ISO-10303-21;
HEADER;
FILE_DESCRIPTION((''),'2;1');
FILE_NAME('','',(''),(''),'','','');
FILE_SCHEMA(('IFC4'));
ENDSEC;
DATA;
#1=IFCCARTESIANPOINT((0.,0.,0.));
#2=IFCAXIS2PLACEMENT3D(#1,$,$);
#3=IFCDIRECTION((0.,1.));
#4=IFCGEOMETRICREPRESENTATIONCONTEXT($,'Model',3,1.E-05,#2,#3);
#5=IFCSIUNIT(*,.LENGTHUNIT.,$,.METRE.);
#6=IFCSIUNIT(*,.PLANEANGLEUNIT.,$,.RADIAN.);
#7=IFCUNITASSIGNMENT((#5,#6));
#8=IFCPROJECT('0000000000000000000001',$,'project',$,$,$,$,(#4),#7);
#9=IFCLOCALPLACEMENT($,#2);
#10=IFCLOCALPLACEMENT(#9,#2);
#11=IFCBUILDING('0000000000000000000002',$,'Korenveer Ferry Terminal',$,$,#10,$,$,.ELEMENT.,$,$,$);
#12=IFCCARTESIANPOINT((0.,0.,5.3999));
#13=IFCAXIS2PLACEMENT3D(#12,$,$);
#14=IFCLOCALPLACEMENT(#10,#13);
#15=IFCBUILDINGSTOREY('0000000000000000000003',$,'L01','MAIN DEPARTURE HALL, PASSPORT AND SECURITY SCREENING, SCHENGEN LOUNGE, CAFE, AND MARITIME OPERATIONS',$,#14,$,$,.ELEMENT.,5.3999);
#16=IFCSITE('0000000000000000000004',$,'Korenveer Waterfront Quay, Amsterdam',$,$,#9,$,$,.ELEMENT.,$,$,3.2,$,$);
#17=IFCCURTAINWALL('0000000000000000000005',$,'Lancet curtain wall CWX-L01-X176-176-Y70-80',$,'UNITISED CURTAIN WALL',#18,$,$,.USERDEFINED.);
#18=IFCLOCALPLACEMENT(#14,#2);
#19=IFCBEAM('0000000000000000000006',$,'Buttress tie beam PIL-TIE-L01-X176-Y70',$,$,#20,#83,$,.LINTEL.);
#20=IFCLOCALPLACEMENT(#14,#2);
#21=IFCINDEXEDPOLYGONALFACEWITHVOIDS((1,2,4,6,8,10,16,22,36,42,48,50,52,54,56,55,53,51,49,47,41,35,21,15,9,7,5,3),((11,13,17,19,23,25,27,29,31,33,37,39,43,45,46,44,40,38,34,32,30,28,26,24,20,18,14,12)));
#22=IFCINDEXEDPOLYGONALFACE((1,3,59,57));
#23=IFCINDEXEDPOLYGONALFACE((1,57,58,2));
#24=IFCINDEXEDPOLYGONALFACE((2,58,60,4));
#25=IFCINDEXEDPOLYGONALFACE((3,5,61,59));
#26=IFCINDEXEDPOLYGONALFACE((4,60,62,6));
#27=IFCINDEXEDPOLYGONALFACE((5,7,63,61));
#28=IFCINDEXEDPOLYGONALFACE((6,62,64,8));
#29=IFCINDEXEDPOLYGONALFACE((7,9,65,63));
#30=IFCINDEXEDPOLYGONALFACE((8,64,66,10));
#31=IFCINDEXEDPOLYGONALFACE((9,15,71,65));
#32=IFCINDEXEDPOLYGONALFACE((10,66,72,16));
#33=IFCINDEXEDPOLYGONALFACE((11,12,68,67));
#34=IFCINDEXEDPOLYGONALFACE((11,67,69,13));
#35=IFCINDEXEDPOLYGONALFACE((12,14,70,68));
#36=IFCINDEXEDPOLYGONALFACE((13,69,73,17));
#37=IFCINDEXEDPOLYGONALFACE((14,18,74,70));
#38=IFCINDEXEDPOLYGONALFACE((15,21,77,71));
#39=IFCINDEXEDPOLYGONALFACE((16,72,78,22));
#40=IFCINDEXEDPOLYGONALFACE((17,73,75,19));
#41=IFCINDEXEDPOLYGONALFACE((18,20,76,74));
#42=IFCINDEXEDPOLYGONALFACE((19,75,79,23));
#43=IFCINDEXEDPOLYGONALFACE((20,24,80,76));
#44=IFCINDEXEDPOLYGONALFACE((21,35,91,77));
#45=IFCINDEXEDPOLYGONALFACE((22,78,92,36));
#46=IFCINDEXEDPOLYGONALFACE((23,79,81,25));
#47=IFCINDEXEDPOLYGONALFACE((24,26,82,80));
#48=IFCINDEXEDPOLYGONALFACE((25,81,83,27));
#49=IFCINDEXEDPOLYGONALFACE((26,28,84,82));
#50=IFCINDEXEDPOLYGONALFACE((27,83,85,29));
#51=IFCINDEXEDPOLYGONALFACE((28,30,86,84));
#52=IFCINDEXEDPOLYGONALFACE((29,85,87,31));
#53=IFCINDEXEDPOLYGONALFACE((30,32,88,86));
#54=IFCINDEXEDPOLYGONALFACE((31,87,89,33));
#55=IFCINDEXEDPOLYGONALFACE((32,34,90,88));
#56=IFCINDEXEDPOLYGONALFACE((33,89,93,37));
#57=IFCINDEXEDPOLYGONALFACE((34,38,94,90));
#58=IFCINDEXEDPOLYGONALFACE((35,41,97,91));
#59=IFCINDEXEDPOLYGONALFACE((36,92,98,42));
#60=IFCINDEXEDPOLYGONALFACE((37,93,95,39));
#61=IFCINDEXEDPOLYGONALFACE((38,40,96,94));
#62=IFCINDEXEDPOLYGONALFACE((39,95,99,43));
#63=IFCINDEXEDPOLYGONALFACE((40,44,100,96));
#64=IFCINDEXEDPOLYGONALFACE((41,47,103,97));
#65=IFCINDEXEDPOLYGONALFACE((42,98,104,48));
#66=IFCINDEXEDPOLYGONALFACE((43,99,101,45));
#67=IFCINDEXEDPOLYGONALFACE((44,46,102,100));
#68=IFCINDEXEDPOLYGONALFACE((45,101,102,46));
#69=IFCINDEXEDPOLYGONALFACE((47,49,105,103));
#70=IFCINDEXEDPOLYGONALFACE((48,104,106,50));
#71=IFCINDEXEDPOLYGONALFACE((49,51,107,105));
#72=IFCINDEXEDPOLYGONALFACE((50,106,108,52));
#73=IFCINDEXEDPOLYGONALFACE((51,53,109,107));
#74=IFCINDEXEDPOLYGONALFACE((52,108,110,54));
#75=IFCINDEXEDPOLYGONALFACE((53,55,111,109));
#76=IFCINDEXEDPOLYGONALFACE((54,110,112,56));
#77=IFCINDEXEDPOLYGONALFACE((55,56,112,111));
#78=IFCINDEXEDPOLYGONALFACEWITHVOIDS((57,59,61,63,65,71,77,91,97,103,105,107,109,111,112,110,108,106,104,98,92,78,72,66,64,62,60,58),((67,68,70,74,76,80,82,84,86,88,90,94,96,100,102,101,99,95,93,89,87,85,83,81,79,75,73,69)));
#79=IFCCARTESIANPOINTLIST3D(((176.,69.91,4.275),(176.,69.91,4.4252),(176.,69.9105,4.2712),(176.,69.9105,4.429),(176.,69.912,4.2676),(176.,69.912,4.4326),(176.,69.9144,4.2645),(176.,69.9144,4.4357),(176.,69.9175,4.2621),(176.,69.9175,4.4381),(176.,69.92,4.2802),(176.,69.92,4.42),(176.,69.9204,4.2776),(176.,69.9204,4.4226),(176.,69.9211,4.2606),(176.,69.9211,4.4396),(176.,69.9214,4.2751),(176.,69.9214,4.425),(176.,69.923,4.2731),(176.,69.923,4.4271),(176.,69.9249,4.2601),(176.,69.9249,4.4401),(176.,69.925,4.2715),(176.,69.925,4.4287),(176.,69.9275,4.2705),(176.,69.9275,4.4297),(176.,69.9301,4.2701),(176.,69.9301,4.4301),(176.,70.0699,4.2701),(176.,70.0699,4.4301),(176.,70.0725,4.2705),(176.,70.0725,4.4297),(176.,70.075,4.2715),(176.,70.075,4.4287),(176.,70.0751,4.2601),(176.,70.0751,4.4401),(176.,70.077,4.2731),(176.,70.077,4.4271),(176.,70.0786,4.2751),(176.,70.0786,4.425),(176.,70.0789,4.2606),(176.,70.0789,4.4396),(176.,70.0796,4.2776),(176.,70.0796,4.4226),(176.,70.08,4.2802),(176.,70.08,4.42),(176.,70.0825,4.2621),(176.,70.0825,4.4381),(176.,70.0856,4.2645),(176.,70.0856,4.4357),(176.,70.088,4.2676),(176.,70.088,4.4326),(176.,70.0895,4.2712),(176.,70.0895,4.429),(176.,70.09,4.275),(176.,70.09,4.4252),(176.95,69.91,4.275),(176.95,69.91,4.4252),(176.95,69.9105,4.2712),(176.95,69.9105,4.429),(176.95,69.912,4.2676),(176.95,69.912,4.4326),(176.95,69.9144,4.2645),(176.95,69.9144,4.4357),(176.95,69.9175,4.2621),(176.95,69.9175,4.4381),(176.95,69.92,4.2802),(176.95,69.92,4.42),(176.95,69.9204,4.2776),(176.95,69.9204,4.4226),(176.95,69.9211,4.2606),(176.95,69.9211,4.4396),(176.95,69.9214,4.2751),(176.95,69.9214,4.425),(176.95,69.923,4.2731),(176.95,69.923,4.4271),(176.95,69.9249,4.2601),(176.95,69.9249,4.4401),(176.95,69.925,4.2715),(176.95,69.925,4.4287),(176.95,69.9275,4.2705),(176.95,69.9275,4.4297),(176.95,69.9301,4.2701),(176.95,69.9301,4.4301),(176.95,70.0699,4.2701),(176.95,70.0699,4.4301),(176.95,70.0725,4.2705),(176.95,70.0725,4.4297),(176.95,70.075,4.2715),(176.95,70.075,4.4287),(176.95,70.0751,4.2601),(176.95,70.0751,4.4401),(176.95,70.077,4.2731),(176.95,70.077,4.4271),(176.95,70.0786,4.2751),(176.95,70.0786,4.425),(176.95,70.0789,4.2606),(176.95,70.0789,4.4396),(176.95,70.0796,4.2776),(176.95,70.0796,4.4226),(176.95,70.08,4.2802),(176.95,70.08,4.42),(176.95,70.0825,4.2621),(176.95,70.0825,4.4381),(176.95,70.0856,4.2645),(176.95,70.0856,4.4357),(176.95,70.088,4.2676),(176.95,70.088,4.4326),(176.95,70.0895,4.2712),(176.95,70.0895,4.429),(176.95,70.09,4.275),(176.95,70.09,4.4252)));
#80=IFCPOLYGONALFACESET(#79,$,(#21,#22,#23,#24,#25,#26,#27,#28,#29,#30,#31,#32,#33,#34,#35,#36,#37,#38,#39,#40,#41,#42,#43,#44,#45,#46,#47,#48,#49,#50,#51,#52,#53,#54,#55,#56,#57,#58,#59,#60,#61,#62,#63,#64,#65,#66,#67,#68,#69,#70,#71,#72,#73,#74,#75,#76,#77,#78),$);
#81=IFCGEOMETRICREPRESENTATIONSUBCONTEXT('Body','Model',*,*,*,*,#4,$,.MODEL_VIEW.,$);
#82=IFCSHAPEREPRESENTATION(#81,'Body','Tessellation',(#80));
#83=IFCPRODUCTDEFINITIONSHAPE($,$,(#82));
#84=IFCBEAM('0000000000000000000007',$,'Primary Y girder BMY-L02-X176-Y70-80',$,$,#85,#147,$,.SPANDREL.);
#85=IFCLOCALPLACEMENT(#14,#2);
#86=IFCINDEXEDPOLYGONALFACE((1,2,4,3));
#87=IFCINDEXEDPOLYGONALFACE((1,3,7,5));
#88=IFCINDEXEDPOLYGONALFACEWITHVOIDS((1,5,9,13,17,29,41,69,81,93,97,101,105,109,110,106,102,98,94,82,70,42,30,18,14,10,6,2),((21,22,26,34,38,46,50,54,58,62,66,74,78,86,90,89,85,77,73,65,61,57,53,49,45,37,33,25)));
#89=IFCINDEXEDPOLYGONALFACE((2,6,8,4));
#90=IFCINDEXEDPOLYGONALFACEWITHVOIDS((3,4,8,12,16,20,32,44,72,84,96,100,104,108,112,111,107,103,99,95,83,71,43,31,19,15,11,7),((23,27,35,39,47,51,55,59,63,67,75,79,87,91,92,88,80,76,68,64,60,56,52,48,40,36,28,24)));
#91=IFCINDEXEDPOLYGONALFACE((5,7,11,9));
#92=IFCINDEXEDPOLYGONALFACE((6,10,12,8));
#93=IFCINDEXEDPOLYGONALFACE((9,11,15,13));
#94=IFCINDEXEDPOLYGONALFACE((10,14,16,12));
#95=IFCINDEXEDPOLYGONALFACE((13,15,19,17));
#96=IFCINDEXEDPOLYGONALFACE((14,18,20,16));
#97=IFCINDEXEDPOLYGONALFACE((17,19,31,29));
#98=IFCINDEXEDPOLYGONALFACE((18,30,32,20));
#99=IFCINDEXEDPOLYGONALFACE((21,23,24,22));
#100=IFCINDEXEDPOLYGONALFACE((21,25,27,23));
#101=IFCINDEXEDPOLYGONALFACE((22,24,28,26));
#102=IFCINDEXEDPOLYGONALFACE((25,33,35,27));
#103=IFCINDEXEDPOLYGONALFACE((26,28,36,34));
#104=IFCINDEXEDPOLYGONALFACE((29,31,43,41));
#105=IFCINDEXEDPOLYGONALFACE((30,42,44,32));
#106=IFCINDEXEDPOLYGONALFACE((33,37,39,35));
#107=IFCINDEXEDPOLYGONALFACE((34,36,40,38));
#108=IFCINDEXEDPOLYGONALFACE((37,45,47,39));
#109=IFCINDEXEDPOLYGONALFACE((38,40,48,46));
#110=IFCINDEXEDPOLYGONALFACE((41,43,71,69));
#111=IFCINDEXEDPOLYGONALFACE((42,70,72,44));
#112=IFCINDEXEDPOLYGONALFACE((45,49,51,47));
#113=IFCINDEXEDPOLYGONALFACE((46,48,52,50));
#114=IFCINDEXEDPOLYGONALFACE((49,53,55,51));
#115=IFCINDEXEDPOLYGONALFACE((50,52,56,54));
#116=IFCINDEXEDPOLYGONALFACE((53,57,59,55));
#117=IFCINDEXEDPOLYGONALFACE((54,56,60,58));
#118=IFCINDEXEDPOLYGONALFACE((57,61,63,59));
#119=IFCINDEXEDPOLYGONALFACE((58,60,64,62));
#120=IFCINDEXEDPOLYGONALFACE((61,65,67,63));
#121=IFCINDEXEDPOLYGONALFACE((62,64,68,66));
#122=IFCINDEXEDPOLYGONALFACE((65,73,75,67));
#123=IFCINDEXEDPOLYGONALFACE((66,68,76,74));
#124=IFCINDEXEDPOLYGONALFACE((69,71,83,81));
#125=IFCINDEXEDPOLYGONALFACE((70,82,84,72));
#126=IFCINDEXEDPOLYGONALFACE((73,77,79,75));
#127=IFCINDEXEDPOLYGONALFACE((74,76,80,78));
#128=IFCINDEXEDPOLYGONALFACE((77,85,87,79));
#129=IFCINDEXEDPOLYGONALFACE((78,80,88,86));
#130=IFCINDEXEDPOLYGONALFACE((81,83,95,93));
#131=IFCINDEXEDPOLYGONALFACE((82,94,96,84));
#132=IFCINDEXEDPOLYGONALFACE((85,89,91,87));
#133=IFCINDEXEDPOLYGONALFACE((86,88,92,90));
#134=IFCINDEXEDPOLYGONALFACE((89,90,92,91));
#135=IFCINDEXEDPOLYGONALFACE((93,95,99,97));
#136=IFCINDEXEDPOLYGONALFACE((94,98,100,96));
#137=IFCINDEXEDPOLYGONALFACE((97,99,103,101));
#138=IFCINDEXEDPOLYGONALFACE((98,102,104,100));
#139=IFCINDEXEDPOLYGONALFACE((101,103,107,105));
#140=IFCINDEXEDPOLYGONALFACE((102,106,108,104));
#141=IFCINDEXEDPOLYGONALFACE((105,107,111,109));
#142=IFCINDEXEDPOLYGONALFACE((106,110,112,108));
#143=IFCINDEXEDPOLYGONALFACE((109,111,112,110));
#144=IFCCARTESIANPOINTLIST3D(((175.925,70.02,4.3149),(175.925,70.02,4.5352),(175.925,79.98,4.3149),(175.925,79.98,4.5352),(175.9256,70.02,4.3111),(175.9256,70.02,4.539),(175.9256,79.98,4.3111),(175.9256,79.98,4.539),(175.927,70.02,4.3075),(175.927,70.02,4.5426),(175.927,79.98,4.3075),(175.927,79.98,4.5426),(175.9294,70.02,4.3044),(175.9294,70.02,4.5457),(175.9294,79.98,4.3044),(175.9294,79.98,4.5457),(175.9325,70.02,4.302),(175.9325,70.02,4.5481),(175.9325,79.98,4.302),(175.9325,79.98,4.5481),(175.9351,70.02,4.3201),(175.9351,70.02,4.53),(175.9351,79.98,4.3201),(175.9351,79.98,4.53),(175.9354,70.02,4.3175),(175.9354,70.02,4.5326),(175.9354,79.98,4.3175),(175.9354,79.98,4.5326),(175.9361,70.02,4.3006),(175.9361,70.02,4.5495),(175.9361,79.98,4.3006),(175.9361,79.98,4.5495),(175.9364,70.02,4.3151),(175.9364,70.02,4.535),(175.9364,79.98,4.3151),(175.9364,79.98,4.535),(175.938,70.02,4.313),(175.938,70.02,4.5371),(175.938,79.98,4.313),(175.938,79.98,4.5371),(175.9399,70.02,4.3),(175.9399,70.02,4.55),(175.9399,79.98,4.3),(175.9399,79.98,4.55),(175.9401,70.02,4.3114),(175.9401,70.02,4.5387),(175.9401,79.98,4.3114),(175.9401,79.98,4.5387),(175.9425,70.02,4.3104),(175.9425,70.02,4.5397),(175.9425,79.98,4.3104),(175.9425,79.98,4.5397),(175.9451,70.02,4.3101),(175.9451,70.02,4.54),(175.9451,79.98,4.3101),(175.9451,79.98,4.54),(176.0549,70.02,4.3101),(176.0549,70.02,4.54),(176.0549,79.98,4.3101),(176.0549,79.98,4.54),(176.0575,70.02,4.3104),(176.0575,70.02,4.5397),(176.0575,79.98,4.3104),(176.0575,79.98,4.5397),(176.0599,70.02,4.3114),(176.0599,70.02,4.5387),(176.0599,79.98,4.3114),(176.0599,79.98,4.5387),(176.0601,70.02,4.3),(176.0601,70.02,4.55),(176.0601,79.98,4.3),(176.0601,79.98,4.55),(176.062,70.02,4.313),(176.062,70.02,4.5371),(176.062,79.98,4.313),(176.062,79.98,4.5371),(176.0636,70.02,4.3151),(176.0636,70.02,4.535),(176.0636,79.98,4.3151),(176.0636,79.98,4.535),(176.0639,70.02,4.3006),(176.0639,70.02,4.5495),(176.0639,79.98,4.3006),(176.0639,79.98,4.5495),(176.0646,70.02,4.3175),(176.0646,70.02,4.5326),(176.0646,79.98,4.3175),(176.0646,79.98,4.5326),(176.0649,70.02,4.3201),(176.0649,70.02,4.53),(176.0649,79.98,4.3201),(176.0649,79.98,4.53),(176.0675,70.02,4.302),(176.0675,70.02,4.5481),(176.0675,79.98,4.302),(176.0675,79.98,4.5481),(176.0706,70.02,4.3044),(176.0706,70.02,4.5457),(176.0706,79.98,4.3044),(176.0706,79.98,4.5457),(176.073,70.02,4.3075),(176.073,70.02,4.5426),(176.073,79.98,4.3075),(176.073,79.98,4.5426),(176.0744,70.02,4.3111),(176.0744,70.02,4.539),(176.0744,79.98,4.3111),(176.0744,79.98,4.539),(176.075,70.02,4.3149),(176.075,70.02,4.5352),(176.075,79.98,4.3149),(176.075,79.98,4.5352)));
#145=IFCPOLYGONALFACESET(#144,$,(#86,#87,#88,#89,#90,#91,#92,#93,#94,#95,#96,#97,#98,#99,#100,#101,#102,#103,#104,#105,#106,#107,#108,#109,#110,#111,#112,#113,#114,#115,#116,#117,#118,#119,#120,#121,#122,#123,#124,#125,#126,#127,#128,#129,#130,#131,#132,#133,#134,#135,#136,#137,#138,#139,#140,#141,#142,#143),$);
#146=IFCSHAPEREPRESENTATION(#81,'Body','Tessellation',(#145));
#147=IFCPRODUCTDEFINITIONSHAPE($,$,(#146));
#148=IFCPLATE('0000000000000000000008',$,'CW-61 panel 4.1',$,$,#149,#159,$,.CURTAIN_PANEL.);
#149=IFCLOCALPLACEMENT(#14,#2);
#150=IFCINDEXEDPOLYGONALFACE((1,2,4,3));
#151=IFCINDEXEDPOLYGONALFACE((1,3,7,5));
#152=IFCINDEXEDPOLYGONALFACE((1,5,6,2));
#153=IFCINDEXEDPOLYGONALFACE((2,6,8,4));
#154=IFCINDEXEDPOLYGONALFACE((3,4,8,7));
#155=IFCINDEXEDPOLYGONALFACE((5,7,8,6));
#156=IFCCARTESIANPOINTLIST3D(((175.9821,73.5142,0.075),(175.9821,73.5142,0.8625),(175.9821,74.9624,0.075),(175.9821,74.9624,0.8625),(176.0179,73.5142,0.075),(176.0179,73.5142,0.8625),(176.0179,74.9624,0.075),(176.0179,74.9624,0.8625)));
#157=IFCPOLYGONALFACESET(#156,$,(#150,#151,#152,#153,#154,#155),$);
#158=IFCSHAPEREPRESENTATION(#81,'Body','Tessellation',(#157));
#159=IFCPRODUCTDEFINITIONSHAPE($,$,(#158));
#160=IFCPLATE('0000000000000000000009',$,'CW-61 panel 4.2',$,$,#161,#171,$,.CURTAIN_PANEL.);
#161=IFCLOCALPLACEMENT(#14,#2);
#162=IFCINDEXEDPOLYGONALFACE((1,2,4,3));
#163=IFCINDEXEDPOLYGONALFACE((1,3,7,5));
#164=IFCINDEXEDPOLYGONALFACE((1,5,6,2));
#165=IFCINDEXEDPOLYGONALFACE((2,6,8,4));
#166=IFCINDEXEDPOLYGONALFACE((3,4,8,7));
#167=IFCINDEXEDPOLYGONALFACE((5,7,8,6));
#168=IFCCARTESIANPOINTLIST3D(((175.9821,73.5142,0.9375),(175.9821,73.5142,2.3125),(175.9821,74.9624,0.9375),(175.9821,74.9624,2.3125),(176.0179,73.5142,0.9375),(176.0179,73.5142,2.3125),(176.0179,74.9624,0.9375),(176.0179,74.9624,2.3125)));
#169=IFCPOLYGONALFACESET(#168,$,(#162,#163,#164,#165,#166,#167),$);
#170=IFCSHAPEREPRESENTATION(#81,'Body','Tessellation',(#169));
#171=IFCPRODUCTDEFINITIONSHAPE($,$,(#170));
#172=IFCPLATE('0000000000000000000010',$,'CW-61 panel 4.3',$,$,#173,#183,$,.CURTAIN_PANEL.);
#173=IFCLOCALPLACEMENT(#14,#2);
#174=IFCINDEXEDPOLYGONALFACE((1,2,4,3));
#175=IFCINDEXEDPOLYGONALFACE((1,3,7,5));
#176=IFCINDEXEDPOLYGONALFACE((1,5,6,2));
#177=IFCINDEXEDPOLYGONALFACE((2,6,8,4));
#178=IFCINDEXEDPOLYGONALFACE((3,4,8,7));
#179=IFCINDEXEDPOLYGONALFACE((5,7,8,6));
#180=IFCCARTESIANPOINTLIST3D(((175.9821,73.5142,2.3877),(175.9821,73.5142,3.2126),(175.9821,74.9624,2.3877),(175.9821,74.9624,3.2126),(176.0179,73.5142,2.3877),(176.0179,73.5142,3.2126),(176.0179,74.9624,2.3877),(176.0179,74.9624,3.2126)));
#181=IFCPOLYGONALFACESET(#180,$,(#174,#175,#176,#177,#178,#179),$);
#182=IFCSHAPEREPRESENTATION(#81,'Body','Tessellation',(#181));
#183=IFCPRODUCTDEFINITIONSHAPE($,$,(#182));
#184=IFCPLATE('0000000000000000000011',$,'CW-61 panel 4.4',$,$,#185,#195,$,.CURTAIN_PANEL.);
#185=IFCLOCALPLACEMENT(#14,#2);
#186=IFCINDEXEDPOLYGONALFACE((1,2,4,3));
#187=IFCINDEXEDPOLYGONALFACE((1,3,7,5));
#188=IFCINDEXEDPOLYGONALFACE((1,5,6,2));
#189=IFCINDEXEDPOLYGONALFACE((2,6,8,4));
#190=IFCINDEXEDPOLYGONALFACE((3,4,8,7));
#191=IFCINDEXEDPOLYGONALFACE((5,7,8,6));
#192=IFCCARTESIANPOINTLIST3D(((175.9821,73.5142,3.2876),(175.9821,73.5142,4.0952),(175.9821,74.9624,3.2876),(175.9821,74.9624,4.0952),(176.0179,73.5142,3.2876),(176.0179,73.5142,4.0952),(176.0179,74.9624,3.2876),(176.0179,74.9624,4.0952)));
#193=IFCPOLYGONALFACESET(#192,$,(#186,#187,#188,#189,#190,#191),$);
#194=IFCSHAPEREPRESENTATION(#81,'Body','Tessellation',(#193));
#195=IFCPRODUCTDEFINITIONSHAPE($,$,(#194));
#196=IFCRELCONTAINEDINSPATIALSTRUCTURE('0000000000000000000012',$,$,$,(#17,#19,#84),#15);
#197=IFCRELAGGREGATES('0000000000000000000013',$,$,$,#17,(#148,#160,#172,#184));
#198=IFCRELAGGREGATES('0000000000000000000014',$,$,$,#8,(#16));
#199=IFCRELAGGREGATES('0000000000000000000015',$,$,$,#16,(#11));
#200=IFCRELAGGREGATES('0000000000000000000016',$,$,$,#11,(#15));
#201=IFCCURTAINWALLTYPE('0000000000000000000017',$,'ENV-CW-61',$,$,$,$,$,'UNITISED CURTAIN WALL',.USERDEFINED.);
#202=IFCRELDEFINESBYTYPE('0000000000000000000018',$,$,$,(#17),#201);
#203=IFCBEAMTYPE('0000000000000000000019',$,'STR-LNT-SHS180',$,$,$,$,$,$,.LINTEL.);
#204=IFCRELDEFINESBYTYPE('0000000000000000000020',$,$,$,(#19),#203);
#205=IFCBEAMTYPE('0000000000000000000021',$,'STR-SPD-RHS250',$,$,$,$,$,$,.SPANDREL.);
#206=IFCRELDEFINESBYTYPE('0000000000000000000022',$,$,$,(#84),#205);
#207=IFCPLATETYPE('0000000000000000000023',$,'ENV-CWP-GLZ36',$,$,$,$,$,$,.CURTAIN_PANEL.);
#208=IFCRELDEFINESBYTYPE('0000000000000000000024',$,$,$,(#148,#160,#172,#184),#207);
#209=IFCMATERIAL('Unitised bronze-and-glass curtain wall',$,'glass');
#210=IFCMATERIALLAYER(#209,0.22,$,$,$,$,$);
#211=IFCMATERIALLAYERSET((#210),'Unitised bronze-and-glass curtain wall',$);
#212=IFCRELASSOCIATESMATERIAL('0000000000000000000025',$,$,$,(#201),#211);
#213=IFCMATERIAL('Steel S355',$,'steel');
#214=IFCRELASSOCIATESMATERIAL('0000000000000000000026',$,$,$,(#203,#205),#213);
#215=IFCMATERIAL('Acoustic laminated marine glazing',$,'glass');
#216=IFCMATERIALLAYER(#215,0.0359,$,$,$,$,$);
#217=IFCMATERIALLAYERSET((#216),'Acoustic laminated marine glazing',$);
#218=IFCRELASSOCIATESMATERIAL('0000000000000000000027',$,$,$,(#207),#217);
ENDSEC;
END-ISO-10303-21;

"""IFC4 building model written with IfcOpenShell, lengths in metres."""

from ifc_helpers import new_model, si_unit, direction, frame, origin, origin_2d, place, context, subcontext, project, spatial, rectangle, hollow_rectangle, extrude, material, layer, layer_set, material_profile, profile_set, type_object, element, aggregate, save


model = new_model("IFC4")

# Units and contexts
model_context = context("Model", 3, precision=1e-05, world=origin(), true_north=direction((0.0, 1.0)))
body_context = subcontext(model_context, "Body", "Model", "MODEL_VIEW")
ifc_project = project(units=[si_unit("LENGTHUNIT", "METRE"), si_unit("PLANEANGLEUNIT", "RADIAN")], contexts=[model_context])

# Site, building, storey
site_placement = place(None, origin())
site = spatial("IfcSite", under=ifc_project, at=site_placement, Name="Korenveer Waterfront Quay, Amsterdam", CompositionType="ELEMENT", RefElevation=3.2)
building_placement = place(site_placement, origin())
building = spatial("IfcBuilding", under=site, at=building_placement, Name="Korenveer Ferry Terminal", CompositionType="ELEMENT")
storey_placement = place(building_placement, frame((0.0, 0.0, 5.3999)))
storey = spatial("IfcBuildingStorey", under=building, at=storey_placement, Name="L01", Description="MAIN DEPARTURE HALL, PASSPORT AND SECURITY SCREENING, SCHENGEN LOUNGE, CAFE, AND MARITIME OPERATIONS", CompositionType="ELEMENT", Elevation=5.3999)

# Shared definitions
ifc_material_1 = material(Name="Steel S355", Category="steel")

# Shared definitions
ifc_material_2 = material(Name="Unitised bronze-and-glass curtain wall", Category="glass")

# Curtain wall
ifc_layer_1 = layer(ifc_material_2, 0.22)
ifc_layer_set_1 = layer_set([ifc_layer_1], Name="Unitised bronze-and-glass curtain wall")
curtain_wall_type_1 = type_object("IfcCurtainWallType", Name="ENV-CW-61", ElementType="UNITISED CURTAIN WALL", PredefinedType="USERDEFINED", material=ifc_layer_set_1)
curtain_wall_1_placement = place(storey_placement, frame((176.0, 79.5701, 0.0)))
curtain_wall_1 = element("IfcCurtainWall", 1, at=curtain_wall_1_placement, inside=storey, type_object=curtain_wall_type_1, Name="Lancet curtain wall CWX-L01-X176-176-Y70-80", ObjectType="UNITISED CURTAIN WALL", PredefinedType="USERDEFINED")

# Beams
ifc_material_profile_1 = material_profile(ifc_material_1, hollow_rectangle(XDim=0.1799, YDim=0.1799, WallThickness=0.01, InnerFilletRadius=0.01, OuterFilletRadius=0.0149, at=origin_2d()), Name="SHS 180x180x10")
ifc_profile_set_1 = profile_set([ifc_material_profile_1], Name="Steel S355")
beam_type_1 = type_object("IfcBeamType", Name="STR-LNT-SHS180", PredefinedType="LINTEL", material=ifc_profile_set_1)
beam_1_placement = place(storey_placement, frame((176.0, 70.0, 4.3501), z_axis=(1.0, 0.0, 0.0), x_axis=(0.0, 1.0, 0.0)))
element("IfcBeam", 2, at=beam_1_placement, inside=storey, type_object=beam_type_1, Name="Buttress tie beam PIL-TIE-L01-X176-Y70", PredefinedType="LINTEL", context=body_context, shape_type="SweptSolid", body=[
    extrude(hollow_rectangle(XDim=0.1799, YDim=0.1799, WallThickness=0.01, InnerFilletRadius=0.01, OuterFilletRadius=0.0149, at=origin_2d()), origin(), (0.0, 0.0, 1.0), 0.95),
])
ifc_material_profile_2 = material_profile(ifc_material_1, hollow_rectangle(XDim=0.1499, YDim=0.25, WallThickness=0.01, InnerFilletRadius=0.01, OuterFilletRadius=0.0149, at=origin_2d()), Name="RHS 250x150x10")
ifc_profile_set_2 = profile_set([ifc_material_profile_2], Name="Steel S355")
beam_type_2 = type_object("IfcBeamType", Name="STR-SPD-RHS250", PredefinedType="SPANDREL", material=ifc_profile_set_2)
beam_2_placement = place(storey_placement, frame((176.0, 70.02, 4.425), z_axis=(0.0, 1.0, 0.0), x_axis=(-1.0, 0.0, 0.0)))
element("IfcBeam", 3, at=beam_2_placement, inside=storey, type_object=beam_type_2, Name="Primary Y girder BMY-L02-X176-Y70-80", PredefinedType="SPANDREL", context=body_context, shape_type="SweptSolid", body=[
    extrude(hollow_rectangle(XDim=0.1499, YDim=0.25, WallThickness=0.01, InnerFilletRadius=0.01, OuterFilletRadius=0.0149, at=origin_2d()), origin(), (0.0, 0.0, 1.0), 9.96),
])

# Plates
ifc_material_3 = material(Name="Acoustic laminated marine glazing", Category="glass")
ifc_layer_2 = layer(ifc_material_3, 0.0359)
ifc_layer_set_2 = layer_set([ifc_layer_2], Name="Acoustic laminated marine glazing")
plate_type_1 = type_object("IfcPlateType", Name="ENV-CWP-GLZ36", PredefinedType="CURTAIN_PANEL", material=ifc_layer_set_2)
plate_1_placement = place(storey_placement, frame((176.0, 74.2383, 0.075), z_axis=(0.0, 0.0, 1.0), x_axis=(0.0, -1.0, 0.0)))
plate_1 = element("IfcPlate", 4, at=plate_1_placement, type_object=plate_type_1, Name="CW-61 panel 4.1", PredefinedType="CURTAIN_PANEL", context=body_context, shape_type="SweptSolid", body=[
    extrude(rectangle(XDim=1.4482, YDim=0.0359, at=origin_2d()), origin(), (0.0, 0.0, 1.0), 0.7876),
])
plate_2_placement = place(storey_placement, frame((176.0, 74.2383, 0.9375), z_axis=(0.0, 0.0, 1.0), x_axis=(0.0, -1.0, 0.0)))
plate_2 = element("IfcPlate", 5, at=plate_2_placement, type_object=plate_type_1, Name="CW-61 panel 4.2", PredefinedType="CURTAIN_PANEL", context=body_context, shape_type="SweptSolid", body=[
    extrude(rectangle(XDim=1.4482, YDim=0.0359, at=origin_2d()), origin(), (0.0, 0.0, 1.0), 1.375),
])
plate_3_placement = place(storey_placement, frame((176.0, 74.2383, 2.3877), z_axis=(0.0, 0.0, 1.0), x_axis=(0.0, -1.0, 0.0)))
plate_3 = element("IfcPlate", 6, at=plate_3_placement, type_object=plate_type_1, Name="CW-61 panel 4.3", PredefinedType="CURTAIN_PANEL", context=body_context, shape_type="SweptSolid", body=[
    extrude(rectangle(XDim=1.4482, YDim=0.0359, at=origin_2d()), origin(), (0.0, 0.0, 1.0), 0.825),
])
plate_4_placement = place(storey_placement, frame((176.0, 74.2383, 3.2876), z_axis=(0.0, 0.0, 1.0), x_axis=(0.0, -1.0, 0.0)))
plate_4 = element("IfcPlate", 7, at=plate_4_placement, type_object=plate_type_1, Name="CW-61 panel 4.4", PredefinedType="CURTAIN_PANEL", context=body_context, shape_type="SweptSolid", body=[
    extrude(rectangle(XDim=1.4482, YDim=0.0359, at=origin_2d()), origin(), (0.0, 0.0, 1.0), 0.8076),
])
aggregate(curtain_wall_1, [plate_1, plate_2, plate_3, plate_4])

save(model, "model.ifc")
